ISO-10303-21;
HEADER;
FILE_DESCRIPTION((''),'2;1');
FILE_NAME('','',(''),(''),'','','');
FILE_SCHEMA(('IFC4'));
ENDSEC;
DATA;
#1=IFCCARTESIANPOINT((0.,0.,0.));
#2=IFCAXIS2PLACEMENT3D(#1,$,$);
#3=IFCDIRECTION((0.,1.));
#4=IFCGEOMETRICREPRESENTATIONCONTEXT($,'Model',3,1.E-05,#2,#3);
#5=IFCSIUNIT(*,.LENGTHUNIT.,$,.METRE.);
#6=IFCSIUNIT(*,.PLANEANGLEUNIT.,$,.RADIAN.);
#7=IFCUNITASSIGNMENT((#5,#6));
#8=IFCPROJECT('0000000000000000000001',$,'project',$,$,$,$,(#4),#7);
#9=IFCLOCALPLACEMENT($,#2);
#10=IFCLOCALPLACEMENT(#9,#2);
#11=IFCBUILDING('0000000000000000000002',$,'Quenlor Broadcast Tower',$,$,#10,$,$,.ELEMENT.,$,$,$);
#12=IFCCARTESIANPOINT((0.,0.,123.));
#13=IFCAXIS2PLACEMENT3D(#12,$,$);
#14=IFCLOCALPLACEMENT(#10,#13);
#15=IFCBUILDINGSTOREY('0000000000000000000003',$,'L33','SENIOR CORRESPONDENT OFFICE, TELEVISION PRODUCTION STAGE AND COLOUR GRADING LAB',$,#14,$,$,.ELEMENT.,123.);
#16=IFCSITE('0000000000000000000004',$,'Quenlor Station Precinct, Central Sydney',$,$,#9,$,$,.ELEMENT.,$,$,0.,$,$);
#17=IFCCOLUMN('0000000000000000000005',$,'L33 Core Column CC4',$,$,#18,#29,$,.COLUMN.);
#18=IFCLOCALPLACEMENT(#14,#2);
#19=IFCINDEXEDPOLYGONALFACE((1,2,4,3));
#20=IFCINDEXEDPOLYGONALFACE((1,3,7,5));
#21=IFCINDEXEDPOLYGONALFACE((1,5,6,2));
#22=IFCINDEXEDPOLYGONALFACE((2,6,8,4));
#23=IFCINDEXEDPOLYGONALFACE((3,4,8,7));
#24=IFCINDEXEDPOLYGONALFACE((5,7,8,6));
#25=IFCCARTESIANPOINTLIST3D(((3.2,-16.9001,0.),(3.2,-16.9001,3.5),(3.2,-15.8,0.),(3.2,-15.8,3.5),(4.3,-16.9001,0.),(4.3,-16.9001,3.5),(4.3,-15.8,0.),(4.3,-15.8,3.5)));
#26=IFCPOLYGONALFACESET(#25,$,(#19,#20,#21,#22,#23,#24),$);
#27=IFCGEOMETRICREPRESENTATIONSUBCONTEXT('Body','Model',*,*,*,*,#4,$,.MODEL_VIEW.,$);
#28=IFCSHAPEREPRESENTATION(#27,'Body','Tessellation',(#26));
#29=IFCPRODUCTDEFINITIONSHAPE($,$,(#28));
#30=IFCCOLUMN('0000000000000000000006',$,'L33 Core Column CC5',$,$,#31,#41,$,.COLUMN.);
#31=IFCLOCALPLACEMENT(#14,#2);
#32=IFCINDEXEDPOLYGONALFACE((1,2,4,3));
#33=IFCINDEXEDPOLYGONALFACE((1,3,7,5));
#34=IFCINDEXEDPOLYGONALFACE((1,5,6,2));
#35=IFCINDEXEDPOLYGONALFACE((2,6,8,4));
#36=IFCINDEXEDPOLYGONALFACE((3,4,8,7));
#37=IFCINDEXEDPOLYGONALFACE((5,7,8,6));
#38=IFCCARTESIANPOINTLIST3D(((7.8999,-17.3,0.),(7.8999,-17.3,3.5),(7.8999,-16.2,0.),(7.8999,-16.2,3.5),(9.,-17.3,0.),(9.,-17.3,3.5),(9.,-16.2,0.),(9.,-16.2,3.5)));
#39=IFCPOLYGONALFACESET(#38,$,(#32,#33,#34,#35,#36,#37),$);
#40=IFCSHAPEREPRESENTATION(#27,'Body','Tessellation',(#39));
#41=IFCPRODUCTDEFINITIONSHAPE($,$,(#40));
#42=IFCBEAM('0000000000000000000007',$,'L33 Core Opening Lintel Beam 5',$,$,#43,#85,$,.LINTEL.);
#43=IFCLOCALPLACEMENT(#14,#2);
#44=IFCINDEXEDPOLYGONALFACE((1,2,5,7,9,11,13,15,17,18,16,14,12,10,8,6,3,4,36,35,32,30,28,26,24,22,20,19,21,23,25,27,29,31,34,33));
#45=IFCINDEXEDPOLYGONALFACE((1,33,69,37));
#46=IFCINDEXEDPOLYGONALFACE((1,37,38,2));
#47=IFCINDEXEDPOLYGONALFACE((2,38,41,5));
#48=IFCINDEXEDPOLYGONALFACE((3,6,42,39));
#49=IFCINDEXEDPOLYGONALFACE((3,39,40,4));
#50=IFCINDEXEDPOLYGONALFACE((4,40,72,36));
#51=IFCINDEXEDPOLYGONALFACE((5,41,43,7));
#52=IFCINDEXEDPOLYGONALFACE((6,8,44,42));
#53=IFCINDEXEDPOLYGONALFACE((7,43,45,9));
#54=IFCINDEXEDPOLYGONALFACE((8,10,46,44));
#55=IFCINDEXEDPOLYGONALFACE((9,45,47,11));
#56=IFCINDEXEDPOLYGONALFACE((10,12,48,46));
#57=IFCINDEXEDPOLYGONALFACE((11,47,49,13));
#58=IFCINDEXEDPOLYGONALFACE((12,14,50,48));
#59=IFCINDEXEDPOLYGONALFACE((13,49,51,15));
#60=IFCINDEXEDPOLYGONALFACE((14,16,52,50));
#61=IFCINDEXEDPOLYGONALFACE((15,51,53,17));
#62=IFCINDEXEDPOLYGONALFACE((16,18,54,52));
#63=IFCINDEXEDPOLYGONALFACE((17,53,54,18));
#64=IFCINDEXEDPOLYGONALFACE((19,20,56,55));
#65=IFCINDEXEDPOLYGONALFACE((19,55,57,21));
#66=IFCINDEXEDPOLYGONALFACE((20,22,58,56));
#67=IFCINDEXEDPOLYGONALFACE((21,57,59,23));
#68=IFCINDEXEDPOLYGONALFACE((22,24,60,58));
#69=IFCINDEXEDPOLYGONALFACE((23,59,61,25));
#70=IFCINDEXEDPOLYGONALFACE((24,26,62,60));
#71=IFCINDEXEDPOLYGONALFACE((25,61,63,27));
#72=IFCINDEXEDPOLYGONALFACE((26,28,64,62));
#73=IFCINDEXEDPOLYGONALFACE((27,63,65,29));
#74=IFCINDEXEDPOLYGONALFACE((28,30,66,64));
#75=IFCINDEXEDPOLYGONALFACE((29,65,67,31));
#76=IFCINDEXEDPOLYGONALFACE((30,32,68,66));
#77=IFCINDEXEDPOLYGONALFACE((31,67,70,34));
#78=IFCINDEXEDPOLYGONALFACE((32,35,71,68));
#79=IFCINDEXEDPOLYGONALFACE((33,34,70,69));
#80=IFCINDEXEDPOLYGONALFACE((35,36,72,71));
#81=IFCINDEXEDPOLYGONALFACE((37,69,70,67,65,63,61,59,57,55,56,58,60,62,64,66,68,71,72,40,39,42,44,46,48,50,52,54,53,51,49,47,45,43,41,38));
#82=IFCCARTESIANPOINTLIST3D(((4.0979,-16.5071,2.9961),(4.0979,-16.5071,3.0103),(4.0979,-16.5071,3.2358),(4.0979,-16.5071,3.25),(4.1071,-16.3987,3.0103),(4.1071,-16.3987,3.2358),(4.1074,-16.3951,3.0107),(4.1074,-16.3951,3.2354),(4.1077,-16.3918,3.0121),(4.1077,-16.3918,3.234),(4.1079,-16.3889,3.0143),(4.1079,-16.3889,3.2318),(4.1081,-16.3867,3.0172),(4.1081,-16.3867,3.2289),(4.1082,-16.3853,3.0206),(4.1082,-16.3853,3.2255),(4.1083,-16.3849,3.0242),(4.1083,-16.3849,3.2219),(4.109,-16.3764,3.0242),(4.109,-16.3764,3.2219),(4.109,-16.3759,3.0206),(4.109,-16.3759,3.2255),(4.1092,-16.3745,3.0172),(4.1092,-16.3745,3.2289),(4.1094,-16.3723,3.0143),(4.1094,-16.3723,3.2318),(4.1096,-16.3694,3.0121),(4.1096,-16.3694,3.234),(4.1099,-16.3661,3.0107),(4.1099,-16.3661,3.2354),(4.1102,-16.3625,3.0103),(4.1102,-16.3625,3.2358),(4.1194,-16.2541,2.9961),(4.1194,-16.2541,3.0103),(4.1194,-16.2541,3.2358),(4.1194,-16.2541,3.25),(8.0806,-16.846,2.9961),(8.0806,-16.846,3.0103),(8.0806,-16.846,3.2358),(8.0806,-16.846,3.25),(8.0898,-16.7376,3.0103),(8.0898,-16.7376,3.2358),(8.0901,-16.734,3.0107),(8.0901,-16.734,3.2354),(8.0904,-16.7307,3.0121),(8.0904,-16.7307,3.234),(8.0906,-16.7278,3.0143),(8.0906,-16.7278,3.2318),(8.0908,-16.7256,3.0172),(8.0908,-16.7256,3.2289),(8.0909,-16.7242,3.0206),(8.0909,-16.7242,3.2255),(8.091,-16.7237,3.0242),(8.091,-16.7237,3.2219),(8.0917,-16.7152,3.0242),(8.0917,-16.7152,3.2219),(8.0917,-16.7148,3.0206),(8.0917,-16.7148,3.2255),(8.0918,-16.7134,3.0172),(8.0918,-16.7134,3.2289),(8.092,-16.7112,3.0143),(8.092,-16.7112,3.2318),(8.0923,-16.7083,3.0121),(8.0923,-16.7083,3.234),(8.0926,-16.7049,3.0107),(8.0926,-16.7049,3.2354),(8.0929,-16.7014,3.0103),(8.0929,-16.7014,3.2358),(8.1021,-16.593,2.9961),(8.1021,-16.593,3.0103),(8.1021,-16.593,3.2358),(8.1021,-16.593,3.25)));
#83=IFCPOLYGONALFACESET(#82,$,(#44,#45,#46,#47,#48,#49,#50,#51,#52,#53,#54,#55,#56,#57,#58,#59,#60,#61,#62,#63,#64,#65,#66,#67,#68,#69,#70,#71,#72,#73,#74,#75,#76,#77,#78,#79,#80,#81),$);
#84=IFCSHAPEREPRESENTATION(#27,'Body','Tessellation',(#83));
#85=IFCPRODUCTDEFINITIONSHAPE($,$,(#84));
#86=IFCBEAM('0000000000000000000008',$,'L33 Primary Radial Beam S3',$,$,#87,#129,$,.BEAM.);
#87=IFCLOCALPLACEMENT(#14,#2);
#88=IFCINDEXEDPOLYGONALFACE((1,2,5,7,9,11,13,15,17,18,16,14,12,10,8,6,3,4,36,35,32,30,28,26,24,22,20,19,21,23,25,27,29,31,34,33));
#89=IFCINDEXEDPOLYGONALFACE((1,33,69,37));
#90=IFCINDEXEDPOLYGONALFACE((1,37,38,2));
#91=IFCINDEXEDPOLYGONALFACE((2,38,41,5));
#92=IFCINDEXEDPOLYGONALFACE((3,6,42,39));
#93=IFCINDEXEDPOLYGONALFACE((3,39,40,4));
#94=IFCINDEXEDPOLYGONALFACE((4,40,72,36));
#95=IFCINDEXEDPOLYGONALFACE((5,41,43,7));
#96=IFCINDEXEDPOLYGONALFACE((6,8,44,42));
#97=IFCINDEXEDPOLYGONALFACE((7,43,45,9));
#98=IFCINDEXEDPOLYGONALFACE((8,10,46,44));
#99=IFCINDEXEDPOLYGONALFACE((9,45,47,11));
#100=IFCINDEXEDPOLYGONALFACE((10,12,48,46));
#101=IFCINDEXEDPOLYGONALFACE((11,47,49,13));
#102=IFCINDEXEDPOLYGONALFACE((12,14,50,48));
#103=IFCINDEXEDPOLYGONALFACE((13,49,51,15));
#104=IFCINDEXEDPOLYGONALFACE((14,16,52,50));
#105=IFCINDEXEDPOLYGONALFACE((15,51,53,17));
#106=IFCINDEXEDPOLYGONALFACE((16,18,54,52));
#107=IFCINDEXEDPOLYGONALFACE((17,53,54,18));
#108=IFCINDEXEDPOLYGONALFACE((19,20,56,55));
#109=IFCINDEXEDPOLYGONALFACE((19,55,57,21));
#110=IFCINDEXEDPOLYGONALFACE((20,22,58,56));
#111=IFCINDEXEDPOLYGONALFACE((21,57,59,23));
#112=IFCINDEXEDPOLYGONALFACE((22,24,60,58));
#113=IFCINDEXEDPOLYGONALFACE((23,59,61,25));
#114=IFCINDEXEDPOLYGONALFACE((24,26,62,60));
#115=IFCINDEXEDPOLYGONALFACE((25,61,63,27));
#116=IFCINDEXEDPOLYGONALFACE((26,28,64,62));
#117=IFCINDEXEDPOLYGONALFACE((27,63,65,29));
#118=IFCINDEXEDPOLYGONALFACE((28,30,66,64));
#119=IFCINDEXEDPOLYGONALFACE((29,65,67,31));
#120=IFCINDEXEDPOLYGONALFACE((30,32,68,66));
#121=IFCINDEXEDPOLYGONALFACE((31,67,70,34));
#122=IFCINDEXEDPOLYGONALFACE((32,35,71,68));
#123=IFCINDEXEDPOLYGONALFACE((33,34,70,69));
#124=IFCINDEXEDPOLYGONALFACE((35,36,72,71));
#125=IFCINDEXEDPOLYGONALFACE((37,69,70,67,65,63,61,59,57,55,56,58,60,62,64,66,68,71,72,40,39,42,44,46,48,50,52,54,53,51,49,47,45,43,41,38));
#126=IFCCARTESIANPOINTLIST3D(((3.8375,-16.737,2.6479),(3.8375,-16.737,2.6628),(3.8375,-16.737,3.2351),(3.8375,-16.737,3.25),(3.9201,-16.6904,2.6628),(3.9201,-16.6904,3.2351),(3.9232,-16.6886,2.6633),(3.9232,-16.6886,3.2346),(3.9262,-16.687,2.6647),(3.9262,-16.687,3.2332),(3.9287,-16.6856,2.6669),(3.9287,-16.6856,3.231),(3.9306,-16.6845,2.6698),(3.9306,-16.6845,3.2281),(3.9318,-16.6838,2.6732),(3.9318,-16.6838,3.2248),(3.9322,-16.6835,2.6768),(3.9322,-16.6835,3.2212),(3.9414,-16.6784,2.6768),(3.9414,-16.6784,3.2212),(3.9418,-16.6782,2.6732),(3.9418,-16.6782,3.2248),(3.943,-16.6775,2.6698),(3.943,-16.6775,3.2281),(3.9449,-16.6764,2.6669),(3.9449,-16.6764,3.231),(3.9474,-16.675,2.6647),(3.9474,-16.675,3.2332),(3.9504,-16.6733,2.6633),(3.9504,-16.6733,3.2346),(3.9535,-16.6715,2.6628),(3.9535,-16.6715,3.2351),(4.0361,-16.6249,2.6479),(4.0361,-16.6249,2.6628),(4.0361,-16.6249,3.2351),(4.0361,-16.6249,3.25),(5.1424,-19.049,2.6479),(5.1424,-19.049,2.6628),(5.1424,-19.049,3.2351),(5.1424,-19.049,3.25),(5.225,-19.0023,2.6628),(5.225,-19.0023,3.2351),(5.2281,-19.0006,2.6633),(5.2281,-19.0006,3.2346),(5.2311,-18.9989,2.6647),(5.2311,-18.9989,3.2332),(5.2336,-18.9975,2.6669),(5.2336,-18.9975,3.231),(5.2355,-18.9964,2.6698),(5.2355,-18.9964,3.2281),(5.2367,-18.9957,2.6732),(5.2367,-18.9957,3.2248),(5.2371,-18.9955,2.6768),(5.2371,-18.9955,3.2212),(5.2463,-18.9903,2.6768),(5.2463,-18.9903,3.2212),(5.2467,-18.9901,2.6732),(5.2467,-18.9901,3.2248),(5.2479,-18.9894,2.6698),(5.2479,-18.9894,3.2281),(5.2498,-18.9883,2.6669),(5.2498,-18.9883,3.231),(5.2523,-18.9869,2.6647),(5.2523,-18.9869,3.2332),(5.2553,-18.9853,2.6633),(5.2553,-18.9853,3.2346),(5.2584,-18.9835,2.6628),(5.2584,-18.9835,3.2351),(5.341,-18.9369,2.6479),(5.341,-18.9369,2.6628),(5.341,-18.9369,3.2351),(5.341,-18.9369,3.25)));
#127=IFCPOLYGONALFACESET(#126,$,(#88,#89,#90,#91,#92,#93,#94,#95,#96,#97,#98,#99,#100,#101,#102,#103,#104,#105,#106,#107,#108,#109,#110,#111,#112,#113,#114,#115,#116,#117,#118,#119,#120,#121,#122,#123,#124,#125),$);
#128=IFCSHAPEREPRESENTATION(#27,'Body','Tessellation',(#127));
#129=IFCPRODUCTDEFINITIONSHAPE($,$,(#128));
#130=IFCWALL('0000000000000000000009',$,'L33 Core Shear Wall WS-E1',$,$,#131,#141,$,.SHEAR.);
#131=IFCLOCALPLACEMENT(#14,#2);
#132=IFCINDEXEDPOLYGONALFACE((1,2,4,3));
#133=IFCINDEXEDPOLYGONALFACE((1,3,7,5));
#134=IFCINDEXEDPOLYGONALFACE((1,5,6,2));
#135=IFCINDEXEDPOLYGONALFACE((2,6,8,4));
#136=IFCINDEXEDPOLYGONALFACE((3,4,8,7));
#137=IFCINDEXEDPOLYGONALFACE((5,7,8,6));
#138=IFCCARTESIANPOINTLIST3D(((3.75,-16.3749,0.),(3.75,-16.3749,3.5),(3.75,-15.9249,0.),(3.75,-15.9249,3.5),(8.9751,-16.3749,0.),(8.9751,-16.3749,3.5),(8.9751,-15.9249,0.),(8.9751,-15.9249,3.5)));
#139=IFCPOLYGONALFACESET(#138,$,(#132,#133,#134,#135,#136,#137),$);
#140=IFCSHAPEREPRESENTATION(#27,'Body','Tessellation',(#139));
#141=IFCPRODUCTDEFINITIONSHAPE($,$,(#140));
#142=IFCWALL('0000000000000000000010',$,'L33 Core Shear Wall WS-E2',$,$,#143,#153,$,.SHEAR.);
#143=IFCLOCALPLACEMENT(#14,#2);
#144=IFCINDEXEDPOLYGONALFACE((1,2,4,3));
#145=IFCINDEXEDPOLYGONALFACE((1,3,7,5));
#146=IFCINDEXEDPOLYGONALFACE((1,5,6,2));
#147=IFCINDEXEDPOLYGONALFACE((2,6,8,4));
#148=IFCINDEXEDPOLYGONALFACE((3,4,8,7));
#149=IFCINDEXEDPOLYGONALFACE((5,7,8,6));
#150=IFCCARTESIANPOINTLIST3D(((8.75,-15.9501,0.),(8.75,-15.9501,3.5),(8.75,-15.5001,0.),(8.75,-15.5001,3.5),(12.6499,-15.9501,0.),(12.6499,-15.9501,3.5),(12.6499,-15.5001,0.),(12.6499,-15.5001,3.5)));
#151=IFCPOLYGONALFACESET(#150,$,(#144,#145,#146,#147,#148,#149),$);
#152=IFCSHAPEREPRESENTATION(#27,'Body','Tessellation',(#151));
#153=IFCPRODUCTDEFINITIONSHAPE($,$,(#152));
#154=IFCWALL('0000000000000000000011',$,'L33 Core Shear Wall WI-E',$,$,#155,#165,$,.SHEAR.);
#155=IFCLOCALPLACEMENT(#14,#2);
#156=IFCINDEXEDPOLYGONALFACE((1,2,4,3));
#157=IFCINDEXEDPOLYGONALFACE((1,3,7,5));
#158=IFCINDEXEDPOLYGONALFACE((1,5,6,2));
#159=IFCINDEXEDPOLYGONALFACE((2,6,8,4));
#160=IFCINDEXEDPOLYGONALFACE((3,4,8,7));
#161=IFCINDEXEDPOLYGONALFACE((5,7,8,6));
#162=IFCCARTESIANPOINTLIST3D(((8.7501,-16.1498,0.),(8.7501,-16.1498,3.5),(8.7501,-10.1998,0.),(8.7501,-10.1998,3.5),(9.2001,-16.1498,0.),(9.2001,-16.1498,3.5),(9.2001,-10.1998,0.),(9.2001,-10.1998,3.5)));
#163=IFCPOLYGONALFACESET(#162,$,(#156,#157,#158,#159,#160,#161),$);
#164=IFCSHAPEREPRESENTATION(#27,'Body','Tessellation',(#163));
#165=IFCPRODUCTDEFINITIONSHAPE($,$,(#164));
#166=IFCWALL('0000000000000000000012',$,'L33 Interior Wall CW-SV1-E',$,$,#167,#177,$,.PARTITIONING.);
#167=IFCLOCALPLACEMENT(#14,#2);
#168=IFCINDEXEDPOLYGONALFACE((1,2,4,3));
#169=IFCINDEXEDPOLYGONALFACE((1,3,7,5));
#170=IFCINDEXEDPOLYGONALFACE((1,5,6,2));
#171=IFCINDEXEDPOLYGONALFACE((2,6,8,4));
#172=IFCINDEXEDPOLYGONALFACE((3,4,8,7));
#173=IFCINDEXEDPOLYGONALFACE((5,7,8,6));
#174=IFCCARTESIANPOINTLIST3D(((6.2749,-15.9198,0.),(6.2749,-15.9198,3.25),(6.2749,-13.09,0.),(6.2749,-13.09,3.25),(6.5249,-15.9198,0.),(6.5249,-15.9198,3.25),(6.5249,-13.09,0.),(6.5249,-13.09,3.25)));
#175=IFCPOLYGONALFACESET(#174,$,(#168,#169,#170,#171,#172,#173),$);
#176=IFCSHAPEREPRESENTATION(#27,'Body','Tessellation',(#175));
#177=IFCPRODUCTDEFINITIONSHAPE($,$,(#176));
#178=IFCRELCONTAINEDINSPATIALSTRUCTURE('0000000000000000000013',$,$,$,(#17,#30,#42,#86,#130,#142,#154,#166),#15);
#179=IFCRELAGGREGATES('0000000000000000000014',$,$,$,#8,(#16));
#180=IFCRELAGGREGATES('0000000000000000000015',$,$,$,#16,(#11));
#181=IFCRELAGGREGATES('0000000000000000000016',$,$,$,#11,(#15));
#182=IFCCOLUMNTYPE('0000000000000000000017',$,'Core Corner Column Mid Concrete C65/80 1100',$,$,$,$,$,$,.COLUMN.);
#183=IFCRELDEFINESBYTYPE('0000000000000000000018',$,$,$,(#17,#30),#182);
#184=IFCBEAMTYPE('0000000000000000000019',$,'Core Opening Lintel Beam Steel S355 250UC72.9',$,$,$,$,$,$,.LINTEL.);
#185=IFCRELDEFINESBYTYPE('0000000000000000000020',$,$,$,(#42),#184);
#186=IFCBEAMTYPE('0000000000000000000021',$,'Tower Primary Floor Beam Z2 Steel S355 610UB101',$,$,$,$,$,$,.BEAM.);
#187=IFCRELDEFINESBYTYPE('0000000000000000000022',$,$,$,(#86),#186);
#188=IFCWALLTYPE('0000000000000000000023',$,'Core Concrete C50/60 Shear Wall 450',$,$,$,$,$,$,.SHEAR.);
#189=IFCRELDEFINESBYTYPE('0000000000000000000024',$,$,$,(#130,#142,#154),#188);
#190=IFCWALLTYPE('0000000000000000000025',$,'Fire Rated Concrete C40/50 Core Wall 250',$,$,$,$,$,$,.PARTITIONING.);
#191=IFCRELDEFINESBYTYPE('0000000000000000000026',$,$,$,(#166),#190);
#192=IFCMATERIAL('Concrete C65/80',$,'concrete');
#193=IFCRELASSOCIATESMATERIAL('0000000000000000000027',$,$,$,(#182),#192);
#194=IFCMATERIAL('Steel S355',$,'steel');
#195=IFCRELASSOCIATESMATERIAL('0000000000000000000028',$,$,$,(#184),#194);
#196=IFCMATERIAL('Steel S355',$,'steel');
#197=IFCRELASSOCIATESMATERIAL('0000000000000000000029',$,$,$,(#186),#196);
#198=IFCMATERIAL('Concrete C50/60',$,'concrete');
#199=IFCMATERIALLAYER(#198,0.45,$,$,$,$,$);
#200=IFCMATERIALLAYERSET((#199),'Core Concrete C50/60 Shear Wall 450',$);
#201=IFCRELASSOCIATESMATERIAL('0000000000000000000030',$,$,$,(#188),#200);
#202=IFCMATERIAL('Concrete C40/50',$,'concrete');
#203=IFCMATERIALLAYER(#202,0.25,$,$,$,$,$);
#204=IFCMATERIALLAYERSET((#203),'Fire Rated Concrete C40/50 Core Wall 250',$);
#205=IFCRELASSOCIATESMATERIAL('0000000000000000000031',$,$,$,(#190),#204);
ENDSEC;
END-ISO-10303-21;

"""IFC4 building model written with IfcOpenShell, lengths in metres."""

from ifc_helpers import new_model, si_unit, direction, frame, frame_2d, origin, origin_2d, place, context, subcontext, project, spatial, rectangle, i_section, extrude, material, layer, layer_set, material_profile, profile_set, type_object, element, save


model = new_model("IFC4")

# Units and contexts
model_context = context("Model", 3, precision=1e-05, world=origin(), true_north=direction((0.0, 1.0)))
body_context = subcontext(model_context, "Body", "Model", "MODEL_VIEW")
ifc_project = project(units=[si_unit("LENGTHUNIT", "METRE"), si_unit("PLANEANGLEUNIT", "RADIAN")], contexts=[model_context])

# Site, building, storey
site_placement = place(None, origin())
site = spatial("IfcSite", under=ifc_project, at=site_placement, Name="Quenlor Station Precinct, Central Sydney", CompositionType="ELEMENT", RefElevation=0.0)
building_placement = place(site_placement, origin())
building = spatial("IfcBuilding", under=site, at=building_placement, Name="Quenlor Broadcast Tower", CompositionType="ELEMENT")
storey_placement = place(building_placement, frame((0.0, 0.0, 123.0)))
storey = spatial("IfcBuildingStorey", under=building, at=storey_placement, Name="L33", Description="SENIOR CORRESPONDENT OFFICE, TELEVISION PRODUCTION STAGE AND COLOUR GRADING LAB", CompositionType="ELEMENT", Elevation=123.0)

# Columns
ifc_material_1 = material(Name="Concrete C65/80", Category="concrete")
ifc_material_profile_1 = material_profile(ifc_material_1, rectangle(XDim=1.1001, YDim=1.1001, at=origin_2d()))
ifc_profile_set_1 = profile_set([ifc_material_profile_1], Name="Concrete C65/80 RC1100x1100")
column_type = type_object("IfcColumnType", Name="Core Corner Column Mid Concrete C65/80 1100", PredefinedType="COLUMN", material=ifc_profile_set_1)
for number, where, z_axis, x_axis, name in (
    (1, (3.75, -16.3501, 0.0), (0.0, 0.0, 1.0), (1.0, 0.0, 0.0), "L33 Core Column CC4"),
    (2, (8.45, -16.75, 0.0), (0.0, 0.0, 1.0), (1.0, 0.0, 0.0), "L33 Core Column CC5"),
):
    element("IfcColumn", number, at=place(storey_placement, frame(where, z_axis=z_axis, x_axis=x_axis)), inside=storey, type_object=column_type, Name=name, PredefinedType="COLUMN", context=body_context, shape_type="SweptSolid", body=[
        extrude(rectangle(XDim=1.1001, YDim=1.1001, at=origin_2d()), origin(), (0.0, 0.0, 1.0), 3.5),
    ])

# Beams
ifc_material_2 = material(Name="Steel S355", Category="steel")
ifc_material_profile_2 = material_profile(ifc_material_2, i_section(OverallWidth=0.2539, OverallDepth=0.2539, WebThickness=0.0085, FlangeThickness=0.0142, FilletRadius=0.0139, at=origin_2d()))
ifc_profile_set_2 = profile_set([ifc_material_profile_2], Name="Steel S355 250UC72.9")
beam_type_1 = type_object("IfcBeamType", Name="Core Opening Lintel Beam Steel S355 250UC72.9", PredefinedType="LINTEL", material=ifc_profile_set_2)
beam_1_placement = place(storey_placement, frame((4.1086, -16.3806, 3.123), z_axis=(0.9964, -0.084779, 0.0), x_axis=(0.084779, 0.9964, 0.0)))
element("IfcBeam", 3, at=beam_1_placement, inside=storey, type_object=beam_type_1, Name="L33 Core Opening Lintel Beam 5", PredefinedType="LINTEL", context=body_context, shape_type="SweptSolid", body=[
    extrude(i_section(OverallWidth=0.2539, OverallDepth=0.2539, WebThickness=0.0085, FlangeThickness=0.0142, FilletRadius=0.0139, at=origin_2d()), origin(), (0.0, 0.0, 1.0), 3.9971),
])
ifc_material_3 = material(Name="Steel S355", Category="steel")
ifc_material_profile_3 = material_profile(ifc_material_3, i_section(OverallWidth=0.228, OverallDepth=0.6021, WebThickness=0.0105, FlangeThickness=0.0149, FilletRadius=0.0139, at=origin_2d()))
ifc_profile_set_3 = profile_set([ifc_material_profile_3], Name="Steel S355 610UB101")
beam_type_2 = type_object("IfcBeamType", Name="Tower Primary Floor Beam Z2 Steel S355 610UB101", PredefinedType="BEAM", material=ifc_profile_set_3)
beam_2_placement = place(storey_placement, frame((5.2417, -18.9929, 2.949), z_axis=(-0.491527, 0.870862, 0.0), x_axis=(-0.870862, -0.491527, 0.0)))
element("IfcBeam", 4, at=beam_2_placement, inside=storey, type_object=beam_type_2, Name="L33 Primary Radial Beam S3", PredefinedType="BEAM", context=body_context, shape_type="SweptSolid", body=[
    extrude(i_section(OverallWidth=0.228, OverallDepth=0.6021, WebThickness=0.0105, FlangeThickness=0.0149, FilletRadius=0.0139, at=origin_2d()), origin(), (0.0, 0.0, 1.0), 2.6548),
])

# Walls
ifc_material_4 = material(Name="Concrete C50/60", Category="concrete")
ifc_layer_1 = layer(ifc_material_4, 0.45)
ifc_layer_set_1 = layer_set([ifc_layer_1], Name="Core Concrete C50/60 Shear Wall 450")
wall_type_1 = type_object("IfcWallType", Name="Core Concrete C50/60 Shear Wall 450", PredefinedType="SHEAR", material=ifc_layer_set_1)
wall_1_placement = place(storey_placement, frame((3.75, -16.1499, 0.0), z_axis=(0.0, 0.0, 1.0), x_axis=(1.0, 0.0, 0.0)))
element("IfcWall", 5, at=wall_1_placement, inside=storey, type_object=wall_type_1, Name="L33 Core Shear Wall WS-E1", PredefinedType="SHEAR", context=body_context, shape_type="SweptSolid", body=[
    extrude(rectangle(XDim=5.2251, YDim=0.45, at=frame_2d((2.6125, 0.0))), origin(), (0.0, 0.0, 1.0), 3.5),
])
wall_2_placement = place(storey_placement, frame((8.75, -15.7251, 0.0), z_axis=(0.0, 0.0, 1.0), x_axis=(1.0, 0.0, 0.0)))
element("IfcWall", 6, at=wall_2_placement, inside=storey, type_object=wall_type_1, Name="L33 Core Shear Wall WS-E2", PredefinedType="SHEAR", context=body_context, shape_type="SweptSolid", body=[
    extrude(rectangle(XDim=3.8999, YDim=0.45, at=frame_2d((1.95, 0.0))), origin(), (0.0, 0.0, 1.0), 3.5),
])
wall_3_placement = place(storey_placement, frame((8.9751, -16.1499, 0.0), z_axis=(0.0, 0.0, 1.0), x_axis=(0.0, 1.0, 0.0)))
element("IfcWall", 7, at=wall_3_placement, inside=storey, type_object=wall_type_1, Name="L33 Core Shear Wall WI-E", PredefinedType="SHEAR", context=body_context, shape_type="SweptSolid", body=[
    extrude(rectangle(XDim=5.95, YDim=0.45, at=frame_2d((2.9751, 0.0))), origin(), (0.0, 0.0, 1.0), 3.5),
])

# Shared definitions
ifc_material_5 = material(Name="Concrete C40/50", Category="concrete")
ifc_layer_2 = layer(ifc_material_5, 0.25)
ifc_layer_set_2 = layer_set([ifc_layer_2], Name="Fire Rated Concrete C40/50 Core Wall 250")
wall_type_2 = type_object("IfcWallType", Name="Fire Rated Concrete C40/50 Core Wall 250", PredefinedType="PARTITIONING", material=ifc_layer_set_2)

# Wall
wall_4_placement = place(storey_placement, frame((6.3999, -15.9199, 0.0), z_axis=(0.0, 0.0, 1.0), x_axis=(0.0, 1.0, 0.0)))
element("IfcWall", 8, at=wall_4_placement, inside=storey, type_object=wall_type_2, Name="L33 Interior Wall CW-SV1-E", PredefinedType="PARTITIONING", context=body_context, shape_type="SweptSolid", body=[
    extrude(rectangle(XDim=2.8298, YDim=0.25, at=frame_2d((1.415, 0.0))), origin(), (0.0, 0.0, 1.0), 3.25),
])

save(model, "model.ifc")
